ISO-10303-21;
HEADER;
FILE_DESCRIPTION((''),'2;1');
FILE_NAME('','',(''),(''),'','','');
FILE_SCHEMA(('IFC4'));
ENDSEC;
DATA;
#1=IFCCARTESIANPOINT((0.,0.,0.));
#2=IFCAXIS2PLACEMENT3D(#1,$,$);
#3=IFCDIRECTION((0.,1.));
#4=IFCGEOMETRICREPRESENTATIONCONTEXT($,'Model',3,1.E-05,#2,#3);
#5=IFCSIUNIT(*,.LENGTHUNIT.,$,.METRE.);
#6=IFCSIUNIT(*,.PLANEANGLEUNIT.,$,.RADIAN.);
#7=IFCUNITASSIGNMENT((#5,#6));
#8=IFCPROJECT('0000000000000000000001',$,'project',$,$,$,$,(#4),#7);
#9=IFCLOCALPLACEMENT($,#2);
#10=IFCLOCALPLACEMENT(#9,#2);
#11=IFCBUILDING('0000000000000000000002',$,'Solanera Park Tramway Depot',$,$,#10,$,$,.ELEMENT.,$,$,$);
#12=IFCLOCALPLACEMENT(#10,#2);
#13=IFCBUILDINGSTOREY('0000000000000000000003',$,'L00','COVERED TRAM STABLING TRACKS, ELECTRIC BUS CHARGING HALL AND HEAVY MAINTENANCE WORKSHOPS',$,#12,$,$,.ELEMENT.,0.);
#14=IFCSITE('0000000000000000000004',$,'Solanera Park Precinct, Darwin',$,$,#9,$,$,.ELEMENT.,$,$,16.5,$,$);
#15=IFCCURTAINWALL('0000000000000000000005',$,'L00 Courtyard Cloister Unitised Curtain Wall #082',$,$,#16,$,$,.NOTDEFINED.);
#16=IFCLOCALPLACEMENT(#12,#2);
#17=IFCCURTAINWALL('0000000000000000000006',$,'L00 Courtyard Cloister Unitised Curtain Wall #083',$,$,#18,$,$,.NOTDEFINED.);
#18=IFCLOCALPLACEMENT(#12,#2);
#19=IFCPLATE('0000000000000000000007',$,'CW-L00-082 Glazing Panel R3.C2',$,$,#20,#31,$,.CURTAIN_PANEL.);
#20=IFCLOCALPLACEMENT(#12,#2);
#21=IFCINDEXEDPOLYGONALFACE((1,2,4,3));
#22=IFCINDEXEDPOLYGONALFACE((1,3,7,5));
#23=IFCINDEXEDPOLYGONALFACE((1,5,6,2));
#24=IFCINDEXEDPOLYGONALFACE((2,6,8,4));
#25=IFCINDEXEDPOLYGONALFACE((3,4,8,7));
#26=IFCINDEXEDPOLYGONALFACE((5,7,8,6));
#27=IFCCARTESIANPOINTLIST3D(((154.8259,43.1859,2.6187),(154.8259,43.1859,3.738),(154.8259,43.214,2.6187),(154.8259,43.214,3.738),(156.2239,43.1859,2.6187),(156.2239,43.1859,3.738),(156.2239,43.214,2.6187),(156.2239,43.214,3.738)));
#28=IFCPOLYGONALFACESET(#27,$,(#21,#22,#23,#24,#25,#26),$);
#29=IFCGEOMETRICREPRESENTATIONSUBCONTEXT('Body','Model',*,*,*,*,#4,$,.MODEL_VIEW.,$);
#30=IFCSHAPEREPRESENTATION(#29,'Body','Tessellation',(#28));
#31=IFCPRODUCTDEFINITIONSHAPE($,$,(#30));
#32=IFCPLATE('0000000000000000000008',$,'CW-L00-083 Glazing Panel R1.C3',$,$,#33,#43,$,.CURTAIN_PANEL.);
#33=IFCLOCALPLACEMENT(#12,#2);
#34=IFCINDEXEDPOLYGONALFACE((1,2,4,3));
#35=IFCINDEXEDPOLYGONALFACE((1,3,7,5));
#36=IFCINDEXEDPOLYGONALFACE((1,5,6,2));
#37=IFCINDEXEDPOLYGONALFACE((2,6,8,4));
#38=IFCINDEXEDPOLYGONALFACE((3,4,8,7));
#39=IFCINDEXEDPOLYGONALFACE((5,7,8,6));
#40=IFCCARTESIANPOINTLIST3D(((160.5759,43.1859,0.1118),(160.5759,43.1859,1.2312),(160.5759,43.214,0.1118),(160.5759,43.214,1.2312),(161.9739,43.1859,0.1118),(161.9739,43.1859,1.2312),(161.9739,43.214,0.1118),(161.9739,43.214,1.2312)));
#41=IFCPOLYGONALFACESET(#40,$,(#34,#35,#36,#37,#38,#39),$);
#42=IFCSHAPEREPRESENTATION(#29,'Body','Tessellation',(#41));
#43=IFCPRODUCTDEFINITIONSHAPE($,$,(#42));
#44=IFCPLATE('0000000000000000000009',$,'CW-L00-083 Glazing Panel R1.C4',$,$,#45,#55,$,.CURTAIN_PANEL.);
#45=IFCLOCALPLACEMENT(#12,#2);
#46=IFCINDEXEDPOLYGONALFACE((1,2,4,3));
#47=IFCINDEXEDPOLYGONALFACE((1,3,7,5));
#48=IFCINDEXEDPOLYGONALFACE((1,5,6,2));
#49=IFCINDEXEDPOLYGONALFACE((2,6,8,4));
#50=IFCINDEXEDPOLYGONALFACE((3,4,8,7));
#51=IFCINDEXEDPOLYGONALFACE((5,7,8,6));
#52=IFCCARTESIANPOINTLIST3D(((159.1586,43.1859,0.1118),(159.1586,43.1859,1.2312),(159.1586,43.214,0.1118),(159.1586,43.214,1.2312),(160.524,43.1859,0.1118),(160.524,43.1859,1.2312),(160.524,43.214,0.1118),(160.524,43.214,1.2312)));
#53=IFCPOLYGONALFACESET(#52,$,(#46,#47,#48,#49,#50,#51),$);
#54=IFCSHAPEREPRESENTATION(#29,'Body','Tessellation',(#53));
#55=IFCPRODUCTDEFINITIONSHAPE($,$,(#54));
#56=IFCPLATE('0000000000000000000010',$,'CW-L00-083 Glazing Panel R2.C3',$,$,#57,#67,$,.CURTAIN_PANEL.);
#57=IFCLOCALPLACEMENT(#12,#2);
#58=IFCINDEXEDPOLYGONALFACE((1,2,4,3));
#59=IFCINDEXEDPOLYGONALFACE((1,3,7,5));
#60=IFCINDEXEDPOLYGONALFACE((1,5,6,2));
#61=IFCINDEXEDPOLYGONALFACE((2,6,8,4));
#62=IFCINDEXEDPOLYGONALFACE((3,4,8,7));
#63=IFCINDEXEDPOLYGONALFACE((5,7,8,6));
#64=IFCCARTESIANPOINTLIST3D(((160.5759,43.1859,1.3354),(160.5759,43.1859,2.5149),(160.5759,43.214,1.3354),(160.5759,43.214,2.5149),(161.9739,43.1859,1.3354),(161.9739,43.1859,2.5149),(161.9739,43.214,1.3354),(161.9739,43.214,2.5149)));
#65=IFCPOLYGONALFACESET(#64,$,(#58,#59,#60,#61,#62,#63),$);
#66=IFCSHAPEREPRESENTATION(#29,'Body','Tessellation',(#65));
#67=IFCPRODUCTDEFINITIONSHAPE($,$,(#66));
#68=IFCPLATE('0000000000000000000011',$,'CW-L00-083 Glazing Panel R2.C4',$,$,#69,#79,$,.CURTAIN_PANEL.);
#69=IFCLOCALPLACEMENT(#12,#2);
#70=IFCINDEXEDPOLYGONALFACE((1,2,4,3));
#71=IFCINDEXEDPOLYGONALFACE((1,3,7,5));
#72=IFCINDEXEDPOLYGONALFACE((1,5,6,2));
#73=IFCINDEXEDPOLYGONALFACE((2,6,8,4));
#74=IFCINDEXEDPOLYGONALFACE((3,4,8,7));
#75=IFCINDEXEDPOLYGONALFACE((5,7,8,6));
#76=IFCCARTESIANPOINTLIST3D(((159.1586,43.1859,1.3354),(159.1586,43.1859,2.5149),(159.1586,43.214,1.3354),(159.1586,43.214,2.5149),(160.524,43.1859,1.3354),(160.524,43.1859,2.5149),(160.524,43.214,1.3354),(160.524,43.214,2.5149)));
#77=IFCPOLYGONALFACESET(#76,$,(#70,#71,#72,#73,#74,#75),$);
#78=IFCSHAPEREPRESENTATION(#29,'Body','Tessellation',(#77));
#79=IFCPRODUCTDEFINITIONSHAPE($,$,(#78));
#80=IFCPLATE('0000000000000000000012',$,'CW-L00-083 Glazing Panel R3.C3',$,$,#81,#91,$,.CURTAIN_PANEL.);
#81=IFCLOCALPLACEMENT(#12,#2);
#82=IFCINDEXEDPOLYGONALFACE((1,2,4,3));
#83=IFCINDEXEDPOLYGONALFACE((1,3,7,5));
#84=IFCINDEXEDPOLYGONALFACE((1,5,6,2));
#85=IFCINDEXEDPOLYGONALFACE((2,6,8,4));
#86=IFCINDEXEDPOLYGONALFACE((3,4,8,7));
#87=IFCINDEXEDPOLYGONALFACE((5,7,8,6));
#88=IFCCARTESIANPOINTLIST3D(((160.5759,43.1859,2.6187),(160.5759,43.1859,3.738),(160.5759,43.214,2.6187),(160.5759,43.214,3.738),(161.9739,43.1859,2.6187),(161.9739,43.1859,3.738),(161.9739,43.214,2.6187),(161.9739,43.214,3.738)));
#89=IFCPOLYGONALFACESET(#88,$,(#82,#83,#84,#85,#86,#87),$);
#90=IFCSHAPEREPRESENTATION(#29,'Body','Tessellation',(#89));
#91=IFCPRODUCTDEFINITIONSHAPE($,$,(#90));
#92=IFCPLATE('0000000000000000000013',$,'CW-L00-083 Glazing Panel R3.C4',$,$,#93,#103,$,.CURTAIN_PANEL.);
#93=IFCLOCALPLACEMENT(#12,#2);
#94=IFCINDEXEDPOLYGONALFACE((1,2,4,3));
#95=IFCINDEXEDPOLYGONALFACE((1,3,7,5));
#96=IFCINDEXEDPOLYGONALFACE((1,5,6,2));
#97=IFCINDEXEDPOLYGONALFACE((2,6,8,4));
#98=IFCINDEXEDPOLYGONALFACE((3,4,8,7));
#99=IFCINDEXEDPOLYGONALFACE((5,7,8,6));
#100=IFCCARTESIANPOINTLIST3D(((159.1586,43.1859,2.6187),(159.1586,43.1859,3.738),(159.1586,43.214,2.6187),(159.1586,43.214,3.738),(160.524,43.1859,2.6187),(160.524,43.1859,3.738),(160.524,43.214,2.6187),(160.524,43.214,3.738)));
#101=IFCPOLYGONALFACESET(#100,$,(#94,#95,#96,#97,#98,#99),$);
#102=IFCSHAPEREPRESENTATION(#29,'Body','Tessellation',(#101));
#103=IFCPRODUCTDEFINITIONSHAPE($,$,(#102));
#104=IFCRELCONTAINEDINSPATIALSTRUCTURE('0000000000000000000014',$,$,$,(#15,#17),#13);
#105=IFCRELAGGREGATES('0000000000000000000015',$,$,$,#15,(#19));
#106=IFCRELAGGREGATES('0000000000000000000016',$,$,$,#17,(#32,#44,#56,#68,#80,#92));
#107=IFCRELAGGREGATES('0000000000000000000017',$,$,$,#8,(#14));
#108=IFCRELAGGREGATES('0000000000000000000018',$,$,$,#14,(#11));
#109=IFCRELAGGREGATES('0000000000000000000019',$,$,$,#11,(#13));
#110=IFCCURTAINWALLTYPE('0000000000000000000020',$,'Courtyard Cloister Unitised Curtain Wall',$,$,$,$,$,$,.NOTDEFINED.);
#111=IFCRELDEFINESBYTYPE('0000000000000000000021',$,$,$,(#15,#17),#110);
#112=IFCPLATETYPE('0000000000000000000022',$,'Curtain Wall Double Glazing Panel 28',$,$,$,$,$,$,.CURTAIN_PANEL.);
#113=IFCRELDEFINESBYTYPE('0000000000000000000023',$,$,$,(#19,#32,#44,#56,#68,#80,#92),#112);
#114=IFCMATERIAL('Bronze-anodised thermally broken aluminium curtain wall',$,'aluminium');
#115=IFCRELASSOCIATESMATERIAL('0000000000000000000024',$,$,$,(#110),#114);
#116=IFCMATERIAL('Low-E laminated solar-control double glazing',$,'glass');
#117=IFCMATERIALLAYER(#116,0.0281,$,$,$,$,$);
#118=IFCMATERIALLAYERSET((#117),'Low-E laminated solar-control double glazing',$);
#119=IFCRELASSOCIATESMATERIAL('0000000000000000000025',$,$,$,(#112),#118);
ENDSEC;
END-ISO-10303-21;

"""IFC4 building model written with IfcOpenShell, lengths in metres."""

from ifc_helpers import new_model, si_unit, direction, frame, origin, origin_2d, place, context, subcontext, project, spatial, rectangle, extrude, material, layer, layer_set, type_object, element, aggregate, save


model = new_model("IFC4")

# Units and contexts
model_context = context("Model", 3, precision=1e-05, world=origin(), true_north=direction((0.0, 1.0)))
body_context = subcontext(model_context, "Body", "Model", "MODEL_VIEW")
ifc_project = project(units=[si_unit("LENGTHUNIT", "METRE"), si_unit("PLANEANGLEUNIT", "RADIAN")], contexts=[model_context])

# Site, building, storey
site_placement = place(None, origin())
site = spatial("IfcSite", under=ifc_project, at=site_placement, Name="Solanera Park Precinct, Darwin", CompositionType="ELEMENT", RefElevation=16.5)
building_placement = place(site_placement, origin())
building = spatial("IfcBuilding", under=site, at=building_placement, Name="Solanera Park Tramway Depot", CompositionType="ELEMENT")
storey_placement = place(building_placement, origin())
storey = spatial("IfcBuildingStorey", under=building, at=storey_placement, Name="L00", Description="COVERED TRAM STABLING TRACKS, ELECTRIC BUS CHARGING HALL AND HEAVY MAINTENANCE WORKSHOPS", CompositionType="ELEMENT", Elevation=0.0)

# Curtain walls
ifc_material_1 = material(Name="Bronze-anodised thermally broken aluminium curtain wall", Category="aluminium")
curtain_wall_type = type_object("IfcCurtainWallType", Name="Courtyard Cloister Unitised Curtain Wall", PredefinedType="NOTDEFINED", material=ifc_material_1)
curtain_wall_1_placement = place(storey_placement, origin())
curtain_wall_1 = element("IfcCurtainWall", 1, at=curtain_wall_1_placement, inside=storey, type_object=curtain_wall_type, Name="L00 Courtyard Cloister Unitised Curtain Wall #082", PredefinedType="NOTDEFINED")
curtain_wall_2_placement = place(storey_placement, origin())
curtain_wall_2 = element("IfcCurtainWall", 2, at=curtain_wall_2_placement, inside=storey, type_object=curtain_wall_type, Name="L00 Courtyard Cloister Unitised Curtain Wall #083", PredefinedType="NOTDEFINED")

# Plates
ifc_material_2 = material(Name="Low-E laminated solar-control double glazing", Category="glass")
ifc_layer = layer(ifc_material_2, 0.0281)
ifc_layer_set = layer_set([ifc_layer], Name="Low-E laminated solar-control double glazing")
plate_type = type_object("IfcPlateType", Name="Curtain Wall Double Glazing Panel 28", PredefinedType="CURTAIN_PANEL", material=ifc_layer_set)
plate_1_placement = place(storey_placement, frame((155.5249, 43.2, 2.6187), z_axis=(0.0, 0.0, 1.0), x_axis=(-1.0, 0.0, 0.0)))
plate_1 = element("IfcPlate", 3, at=plate_1_placement, type_object=plate_type, Name="CW-L00-082 Glazing Panel R3.C2", PredefinedType="CURTAIN_PANEL", context=body_context, shape_type="SweptSolid", body=[
    extrude(rectangle(XDim=1.3979, YDim=0.0281, at=origin_2d()), origin(), (0.0, 0.0, 1.0), 1.1194),
])
aggregate(curtain_wall_1, [plate_1])
plate_2_placement = place(storey_placement, frame((161.2749, 43.2, 0.1118), z_axis=(0.0, 0.0, 1.0), x_axis=(-1.0, 0.0, 0.0)))
plate_2 = element("IfcPlate", 4, at=plate_2_placement, type_object=plate_type, Name="CW-L00-083 Glazing Panel R1.C3", PredefinedType="CURTAIN_PANEL", context=body_context, shape_type="SweptSolid", body=[
    extrude(rectangle(XDim=1.3979, YDim=0.0281, at=origin_2d()), origin(), (0.0, 0.0, 1.0), 1.1194),
])
plate_3_placement = place(storey_placement, frame((159.8413, 43.2, 0.1118), z_axis=(0.0, 0.0, 1.0), x_axis=(-1.0, 0.0, 0.0)))
plate_3 = element("IfcPlate", 5, at=plate_3_placement, type_object=plate_type, Name="CW-L00-083 Glazing Panel R1.C4", PredefinedType="CURTAIN_PANEL", context=body_context, shape_type="SweptSolid", body=[
    extrude(rectangle(XDim=1.3655, YDim=0.0281, at=origin_2d()), origin(), (0.0, 0.0, 1.0), 1.1194),
])
plate_4_placement = place(storey_placement, frame((161.2749, 43.2, 1.3354), z_axis=(0.0, 0.0, 1.0), x_axis=(-1.0, 0.0, 0.0)))
plate_4 = element("IfcPlate", 6, at=plate_4_placement, type_object=plate_type, Name="CW-L00-083 Glazing Panel R2.C3", PredefinedType="CURTAIN_PANEL", context=body_context, shape_type="SweptSolid", body=[
    extrude(rectangle(XDim=1.3979, YDim=0.0281, at=origin_2d()), origin(), (0.0, 0.0, 1.0), 1.1794),
])
plate_5_placement = place(storey_placement, frame((159.8413, 43.2, 1.3354), z_axis=(0.0, 0.0, 1.0), x_axis=(-1.0, 0.0, 0.0)))
plate_5 = element("IfcPlate", 7, at=plate_5_placement, type_object=plate_type, Name="CW-L00-083 Glazing Panel R2.C4", PredefinedType="CURTAIN_PANEL", context=body_context, shape_type="SweptSolid", body=[
    extrude(rectangle(XDim=1.3655, YDim=0.0281, at=origin_2d()), origin(), (0.0, 0.0, 1.0), 1.1794),
])
plate_6_placement = place(storey_placement, frame((161.2749, 43.2, 2.6187), z_axis=(0.0, 0.0, 1.0), x_axis=(-1.0, 0.0, 0.0)))
plate_6 = element("IfcPlate", 8, at=plate_6_placement, type_object=plate_type, Name="CW-L00-083 Glazing Panel R3.C3", PredefinedType="CURTAIN_PANEL", context=body_context, shape_type="SweptSolid", body=[
    extrude(rectangle(XDim=1.3979, YDim=0.0281, at=origin_2d()), origin(), (0.0, 0.0, 1.0), 1.1194),
])
plate_7_placement = place(storey_placement, frame((159.8413, 43.2, 2.6187), z_axis=(0.0, 0.0, 1.0), x_axis=(-1.0, 0.0, 0.0)))
plate_7 = element("IfcPlate", 9, at=plate_7_placement, type_object=plate_type, Name="CW-L00-083 Glazing Panel R3.C4", PredefinedType="CURTAIN_PANEL", context=body_context, shape_type="SweptSolid", body=[
    extrude(rectangle(XDim=1.3655, YDim=0.0281, at=origin_2d()), origin(), (0.0, 0.0, 1.0), 1.1194),
])
aggregate(curtain_wall_2, [plate_2, plate_3, plate_4, plate_5, plate_6, plate_7])

save(model, "model.ifc")
